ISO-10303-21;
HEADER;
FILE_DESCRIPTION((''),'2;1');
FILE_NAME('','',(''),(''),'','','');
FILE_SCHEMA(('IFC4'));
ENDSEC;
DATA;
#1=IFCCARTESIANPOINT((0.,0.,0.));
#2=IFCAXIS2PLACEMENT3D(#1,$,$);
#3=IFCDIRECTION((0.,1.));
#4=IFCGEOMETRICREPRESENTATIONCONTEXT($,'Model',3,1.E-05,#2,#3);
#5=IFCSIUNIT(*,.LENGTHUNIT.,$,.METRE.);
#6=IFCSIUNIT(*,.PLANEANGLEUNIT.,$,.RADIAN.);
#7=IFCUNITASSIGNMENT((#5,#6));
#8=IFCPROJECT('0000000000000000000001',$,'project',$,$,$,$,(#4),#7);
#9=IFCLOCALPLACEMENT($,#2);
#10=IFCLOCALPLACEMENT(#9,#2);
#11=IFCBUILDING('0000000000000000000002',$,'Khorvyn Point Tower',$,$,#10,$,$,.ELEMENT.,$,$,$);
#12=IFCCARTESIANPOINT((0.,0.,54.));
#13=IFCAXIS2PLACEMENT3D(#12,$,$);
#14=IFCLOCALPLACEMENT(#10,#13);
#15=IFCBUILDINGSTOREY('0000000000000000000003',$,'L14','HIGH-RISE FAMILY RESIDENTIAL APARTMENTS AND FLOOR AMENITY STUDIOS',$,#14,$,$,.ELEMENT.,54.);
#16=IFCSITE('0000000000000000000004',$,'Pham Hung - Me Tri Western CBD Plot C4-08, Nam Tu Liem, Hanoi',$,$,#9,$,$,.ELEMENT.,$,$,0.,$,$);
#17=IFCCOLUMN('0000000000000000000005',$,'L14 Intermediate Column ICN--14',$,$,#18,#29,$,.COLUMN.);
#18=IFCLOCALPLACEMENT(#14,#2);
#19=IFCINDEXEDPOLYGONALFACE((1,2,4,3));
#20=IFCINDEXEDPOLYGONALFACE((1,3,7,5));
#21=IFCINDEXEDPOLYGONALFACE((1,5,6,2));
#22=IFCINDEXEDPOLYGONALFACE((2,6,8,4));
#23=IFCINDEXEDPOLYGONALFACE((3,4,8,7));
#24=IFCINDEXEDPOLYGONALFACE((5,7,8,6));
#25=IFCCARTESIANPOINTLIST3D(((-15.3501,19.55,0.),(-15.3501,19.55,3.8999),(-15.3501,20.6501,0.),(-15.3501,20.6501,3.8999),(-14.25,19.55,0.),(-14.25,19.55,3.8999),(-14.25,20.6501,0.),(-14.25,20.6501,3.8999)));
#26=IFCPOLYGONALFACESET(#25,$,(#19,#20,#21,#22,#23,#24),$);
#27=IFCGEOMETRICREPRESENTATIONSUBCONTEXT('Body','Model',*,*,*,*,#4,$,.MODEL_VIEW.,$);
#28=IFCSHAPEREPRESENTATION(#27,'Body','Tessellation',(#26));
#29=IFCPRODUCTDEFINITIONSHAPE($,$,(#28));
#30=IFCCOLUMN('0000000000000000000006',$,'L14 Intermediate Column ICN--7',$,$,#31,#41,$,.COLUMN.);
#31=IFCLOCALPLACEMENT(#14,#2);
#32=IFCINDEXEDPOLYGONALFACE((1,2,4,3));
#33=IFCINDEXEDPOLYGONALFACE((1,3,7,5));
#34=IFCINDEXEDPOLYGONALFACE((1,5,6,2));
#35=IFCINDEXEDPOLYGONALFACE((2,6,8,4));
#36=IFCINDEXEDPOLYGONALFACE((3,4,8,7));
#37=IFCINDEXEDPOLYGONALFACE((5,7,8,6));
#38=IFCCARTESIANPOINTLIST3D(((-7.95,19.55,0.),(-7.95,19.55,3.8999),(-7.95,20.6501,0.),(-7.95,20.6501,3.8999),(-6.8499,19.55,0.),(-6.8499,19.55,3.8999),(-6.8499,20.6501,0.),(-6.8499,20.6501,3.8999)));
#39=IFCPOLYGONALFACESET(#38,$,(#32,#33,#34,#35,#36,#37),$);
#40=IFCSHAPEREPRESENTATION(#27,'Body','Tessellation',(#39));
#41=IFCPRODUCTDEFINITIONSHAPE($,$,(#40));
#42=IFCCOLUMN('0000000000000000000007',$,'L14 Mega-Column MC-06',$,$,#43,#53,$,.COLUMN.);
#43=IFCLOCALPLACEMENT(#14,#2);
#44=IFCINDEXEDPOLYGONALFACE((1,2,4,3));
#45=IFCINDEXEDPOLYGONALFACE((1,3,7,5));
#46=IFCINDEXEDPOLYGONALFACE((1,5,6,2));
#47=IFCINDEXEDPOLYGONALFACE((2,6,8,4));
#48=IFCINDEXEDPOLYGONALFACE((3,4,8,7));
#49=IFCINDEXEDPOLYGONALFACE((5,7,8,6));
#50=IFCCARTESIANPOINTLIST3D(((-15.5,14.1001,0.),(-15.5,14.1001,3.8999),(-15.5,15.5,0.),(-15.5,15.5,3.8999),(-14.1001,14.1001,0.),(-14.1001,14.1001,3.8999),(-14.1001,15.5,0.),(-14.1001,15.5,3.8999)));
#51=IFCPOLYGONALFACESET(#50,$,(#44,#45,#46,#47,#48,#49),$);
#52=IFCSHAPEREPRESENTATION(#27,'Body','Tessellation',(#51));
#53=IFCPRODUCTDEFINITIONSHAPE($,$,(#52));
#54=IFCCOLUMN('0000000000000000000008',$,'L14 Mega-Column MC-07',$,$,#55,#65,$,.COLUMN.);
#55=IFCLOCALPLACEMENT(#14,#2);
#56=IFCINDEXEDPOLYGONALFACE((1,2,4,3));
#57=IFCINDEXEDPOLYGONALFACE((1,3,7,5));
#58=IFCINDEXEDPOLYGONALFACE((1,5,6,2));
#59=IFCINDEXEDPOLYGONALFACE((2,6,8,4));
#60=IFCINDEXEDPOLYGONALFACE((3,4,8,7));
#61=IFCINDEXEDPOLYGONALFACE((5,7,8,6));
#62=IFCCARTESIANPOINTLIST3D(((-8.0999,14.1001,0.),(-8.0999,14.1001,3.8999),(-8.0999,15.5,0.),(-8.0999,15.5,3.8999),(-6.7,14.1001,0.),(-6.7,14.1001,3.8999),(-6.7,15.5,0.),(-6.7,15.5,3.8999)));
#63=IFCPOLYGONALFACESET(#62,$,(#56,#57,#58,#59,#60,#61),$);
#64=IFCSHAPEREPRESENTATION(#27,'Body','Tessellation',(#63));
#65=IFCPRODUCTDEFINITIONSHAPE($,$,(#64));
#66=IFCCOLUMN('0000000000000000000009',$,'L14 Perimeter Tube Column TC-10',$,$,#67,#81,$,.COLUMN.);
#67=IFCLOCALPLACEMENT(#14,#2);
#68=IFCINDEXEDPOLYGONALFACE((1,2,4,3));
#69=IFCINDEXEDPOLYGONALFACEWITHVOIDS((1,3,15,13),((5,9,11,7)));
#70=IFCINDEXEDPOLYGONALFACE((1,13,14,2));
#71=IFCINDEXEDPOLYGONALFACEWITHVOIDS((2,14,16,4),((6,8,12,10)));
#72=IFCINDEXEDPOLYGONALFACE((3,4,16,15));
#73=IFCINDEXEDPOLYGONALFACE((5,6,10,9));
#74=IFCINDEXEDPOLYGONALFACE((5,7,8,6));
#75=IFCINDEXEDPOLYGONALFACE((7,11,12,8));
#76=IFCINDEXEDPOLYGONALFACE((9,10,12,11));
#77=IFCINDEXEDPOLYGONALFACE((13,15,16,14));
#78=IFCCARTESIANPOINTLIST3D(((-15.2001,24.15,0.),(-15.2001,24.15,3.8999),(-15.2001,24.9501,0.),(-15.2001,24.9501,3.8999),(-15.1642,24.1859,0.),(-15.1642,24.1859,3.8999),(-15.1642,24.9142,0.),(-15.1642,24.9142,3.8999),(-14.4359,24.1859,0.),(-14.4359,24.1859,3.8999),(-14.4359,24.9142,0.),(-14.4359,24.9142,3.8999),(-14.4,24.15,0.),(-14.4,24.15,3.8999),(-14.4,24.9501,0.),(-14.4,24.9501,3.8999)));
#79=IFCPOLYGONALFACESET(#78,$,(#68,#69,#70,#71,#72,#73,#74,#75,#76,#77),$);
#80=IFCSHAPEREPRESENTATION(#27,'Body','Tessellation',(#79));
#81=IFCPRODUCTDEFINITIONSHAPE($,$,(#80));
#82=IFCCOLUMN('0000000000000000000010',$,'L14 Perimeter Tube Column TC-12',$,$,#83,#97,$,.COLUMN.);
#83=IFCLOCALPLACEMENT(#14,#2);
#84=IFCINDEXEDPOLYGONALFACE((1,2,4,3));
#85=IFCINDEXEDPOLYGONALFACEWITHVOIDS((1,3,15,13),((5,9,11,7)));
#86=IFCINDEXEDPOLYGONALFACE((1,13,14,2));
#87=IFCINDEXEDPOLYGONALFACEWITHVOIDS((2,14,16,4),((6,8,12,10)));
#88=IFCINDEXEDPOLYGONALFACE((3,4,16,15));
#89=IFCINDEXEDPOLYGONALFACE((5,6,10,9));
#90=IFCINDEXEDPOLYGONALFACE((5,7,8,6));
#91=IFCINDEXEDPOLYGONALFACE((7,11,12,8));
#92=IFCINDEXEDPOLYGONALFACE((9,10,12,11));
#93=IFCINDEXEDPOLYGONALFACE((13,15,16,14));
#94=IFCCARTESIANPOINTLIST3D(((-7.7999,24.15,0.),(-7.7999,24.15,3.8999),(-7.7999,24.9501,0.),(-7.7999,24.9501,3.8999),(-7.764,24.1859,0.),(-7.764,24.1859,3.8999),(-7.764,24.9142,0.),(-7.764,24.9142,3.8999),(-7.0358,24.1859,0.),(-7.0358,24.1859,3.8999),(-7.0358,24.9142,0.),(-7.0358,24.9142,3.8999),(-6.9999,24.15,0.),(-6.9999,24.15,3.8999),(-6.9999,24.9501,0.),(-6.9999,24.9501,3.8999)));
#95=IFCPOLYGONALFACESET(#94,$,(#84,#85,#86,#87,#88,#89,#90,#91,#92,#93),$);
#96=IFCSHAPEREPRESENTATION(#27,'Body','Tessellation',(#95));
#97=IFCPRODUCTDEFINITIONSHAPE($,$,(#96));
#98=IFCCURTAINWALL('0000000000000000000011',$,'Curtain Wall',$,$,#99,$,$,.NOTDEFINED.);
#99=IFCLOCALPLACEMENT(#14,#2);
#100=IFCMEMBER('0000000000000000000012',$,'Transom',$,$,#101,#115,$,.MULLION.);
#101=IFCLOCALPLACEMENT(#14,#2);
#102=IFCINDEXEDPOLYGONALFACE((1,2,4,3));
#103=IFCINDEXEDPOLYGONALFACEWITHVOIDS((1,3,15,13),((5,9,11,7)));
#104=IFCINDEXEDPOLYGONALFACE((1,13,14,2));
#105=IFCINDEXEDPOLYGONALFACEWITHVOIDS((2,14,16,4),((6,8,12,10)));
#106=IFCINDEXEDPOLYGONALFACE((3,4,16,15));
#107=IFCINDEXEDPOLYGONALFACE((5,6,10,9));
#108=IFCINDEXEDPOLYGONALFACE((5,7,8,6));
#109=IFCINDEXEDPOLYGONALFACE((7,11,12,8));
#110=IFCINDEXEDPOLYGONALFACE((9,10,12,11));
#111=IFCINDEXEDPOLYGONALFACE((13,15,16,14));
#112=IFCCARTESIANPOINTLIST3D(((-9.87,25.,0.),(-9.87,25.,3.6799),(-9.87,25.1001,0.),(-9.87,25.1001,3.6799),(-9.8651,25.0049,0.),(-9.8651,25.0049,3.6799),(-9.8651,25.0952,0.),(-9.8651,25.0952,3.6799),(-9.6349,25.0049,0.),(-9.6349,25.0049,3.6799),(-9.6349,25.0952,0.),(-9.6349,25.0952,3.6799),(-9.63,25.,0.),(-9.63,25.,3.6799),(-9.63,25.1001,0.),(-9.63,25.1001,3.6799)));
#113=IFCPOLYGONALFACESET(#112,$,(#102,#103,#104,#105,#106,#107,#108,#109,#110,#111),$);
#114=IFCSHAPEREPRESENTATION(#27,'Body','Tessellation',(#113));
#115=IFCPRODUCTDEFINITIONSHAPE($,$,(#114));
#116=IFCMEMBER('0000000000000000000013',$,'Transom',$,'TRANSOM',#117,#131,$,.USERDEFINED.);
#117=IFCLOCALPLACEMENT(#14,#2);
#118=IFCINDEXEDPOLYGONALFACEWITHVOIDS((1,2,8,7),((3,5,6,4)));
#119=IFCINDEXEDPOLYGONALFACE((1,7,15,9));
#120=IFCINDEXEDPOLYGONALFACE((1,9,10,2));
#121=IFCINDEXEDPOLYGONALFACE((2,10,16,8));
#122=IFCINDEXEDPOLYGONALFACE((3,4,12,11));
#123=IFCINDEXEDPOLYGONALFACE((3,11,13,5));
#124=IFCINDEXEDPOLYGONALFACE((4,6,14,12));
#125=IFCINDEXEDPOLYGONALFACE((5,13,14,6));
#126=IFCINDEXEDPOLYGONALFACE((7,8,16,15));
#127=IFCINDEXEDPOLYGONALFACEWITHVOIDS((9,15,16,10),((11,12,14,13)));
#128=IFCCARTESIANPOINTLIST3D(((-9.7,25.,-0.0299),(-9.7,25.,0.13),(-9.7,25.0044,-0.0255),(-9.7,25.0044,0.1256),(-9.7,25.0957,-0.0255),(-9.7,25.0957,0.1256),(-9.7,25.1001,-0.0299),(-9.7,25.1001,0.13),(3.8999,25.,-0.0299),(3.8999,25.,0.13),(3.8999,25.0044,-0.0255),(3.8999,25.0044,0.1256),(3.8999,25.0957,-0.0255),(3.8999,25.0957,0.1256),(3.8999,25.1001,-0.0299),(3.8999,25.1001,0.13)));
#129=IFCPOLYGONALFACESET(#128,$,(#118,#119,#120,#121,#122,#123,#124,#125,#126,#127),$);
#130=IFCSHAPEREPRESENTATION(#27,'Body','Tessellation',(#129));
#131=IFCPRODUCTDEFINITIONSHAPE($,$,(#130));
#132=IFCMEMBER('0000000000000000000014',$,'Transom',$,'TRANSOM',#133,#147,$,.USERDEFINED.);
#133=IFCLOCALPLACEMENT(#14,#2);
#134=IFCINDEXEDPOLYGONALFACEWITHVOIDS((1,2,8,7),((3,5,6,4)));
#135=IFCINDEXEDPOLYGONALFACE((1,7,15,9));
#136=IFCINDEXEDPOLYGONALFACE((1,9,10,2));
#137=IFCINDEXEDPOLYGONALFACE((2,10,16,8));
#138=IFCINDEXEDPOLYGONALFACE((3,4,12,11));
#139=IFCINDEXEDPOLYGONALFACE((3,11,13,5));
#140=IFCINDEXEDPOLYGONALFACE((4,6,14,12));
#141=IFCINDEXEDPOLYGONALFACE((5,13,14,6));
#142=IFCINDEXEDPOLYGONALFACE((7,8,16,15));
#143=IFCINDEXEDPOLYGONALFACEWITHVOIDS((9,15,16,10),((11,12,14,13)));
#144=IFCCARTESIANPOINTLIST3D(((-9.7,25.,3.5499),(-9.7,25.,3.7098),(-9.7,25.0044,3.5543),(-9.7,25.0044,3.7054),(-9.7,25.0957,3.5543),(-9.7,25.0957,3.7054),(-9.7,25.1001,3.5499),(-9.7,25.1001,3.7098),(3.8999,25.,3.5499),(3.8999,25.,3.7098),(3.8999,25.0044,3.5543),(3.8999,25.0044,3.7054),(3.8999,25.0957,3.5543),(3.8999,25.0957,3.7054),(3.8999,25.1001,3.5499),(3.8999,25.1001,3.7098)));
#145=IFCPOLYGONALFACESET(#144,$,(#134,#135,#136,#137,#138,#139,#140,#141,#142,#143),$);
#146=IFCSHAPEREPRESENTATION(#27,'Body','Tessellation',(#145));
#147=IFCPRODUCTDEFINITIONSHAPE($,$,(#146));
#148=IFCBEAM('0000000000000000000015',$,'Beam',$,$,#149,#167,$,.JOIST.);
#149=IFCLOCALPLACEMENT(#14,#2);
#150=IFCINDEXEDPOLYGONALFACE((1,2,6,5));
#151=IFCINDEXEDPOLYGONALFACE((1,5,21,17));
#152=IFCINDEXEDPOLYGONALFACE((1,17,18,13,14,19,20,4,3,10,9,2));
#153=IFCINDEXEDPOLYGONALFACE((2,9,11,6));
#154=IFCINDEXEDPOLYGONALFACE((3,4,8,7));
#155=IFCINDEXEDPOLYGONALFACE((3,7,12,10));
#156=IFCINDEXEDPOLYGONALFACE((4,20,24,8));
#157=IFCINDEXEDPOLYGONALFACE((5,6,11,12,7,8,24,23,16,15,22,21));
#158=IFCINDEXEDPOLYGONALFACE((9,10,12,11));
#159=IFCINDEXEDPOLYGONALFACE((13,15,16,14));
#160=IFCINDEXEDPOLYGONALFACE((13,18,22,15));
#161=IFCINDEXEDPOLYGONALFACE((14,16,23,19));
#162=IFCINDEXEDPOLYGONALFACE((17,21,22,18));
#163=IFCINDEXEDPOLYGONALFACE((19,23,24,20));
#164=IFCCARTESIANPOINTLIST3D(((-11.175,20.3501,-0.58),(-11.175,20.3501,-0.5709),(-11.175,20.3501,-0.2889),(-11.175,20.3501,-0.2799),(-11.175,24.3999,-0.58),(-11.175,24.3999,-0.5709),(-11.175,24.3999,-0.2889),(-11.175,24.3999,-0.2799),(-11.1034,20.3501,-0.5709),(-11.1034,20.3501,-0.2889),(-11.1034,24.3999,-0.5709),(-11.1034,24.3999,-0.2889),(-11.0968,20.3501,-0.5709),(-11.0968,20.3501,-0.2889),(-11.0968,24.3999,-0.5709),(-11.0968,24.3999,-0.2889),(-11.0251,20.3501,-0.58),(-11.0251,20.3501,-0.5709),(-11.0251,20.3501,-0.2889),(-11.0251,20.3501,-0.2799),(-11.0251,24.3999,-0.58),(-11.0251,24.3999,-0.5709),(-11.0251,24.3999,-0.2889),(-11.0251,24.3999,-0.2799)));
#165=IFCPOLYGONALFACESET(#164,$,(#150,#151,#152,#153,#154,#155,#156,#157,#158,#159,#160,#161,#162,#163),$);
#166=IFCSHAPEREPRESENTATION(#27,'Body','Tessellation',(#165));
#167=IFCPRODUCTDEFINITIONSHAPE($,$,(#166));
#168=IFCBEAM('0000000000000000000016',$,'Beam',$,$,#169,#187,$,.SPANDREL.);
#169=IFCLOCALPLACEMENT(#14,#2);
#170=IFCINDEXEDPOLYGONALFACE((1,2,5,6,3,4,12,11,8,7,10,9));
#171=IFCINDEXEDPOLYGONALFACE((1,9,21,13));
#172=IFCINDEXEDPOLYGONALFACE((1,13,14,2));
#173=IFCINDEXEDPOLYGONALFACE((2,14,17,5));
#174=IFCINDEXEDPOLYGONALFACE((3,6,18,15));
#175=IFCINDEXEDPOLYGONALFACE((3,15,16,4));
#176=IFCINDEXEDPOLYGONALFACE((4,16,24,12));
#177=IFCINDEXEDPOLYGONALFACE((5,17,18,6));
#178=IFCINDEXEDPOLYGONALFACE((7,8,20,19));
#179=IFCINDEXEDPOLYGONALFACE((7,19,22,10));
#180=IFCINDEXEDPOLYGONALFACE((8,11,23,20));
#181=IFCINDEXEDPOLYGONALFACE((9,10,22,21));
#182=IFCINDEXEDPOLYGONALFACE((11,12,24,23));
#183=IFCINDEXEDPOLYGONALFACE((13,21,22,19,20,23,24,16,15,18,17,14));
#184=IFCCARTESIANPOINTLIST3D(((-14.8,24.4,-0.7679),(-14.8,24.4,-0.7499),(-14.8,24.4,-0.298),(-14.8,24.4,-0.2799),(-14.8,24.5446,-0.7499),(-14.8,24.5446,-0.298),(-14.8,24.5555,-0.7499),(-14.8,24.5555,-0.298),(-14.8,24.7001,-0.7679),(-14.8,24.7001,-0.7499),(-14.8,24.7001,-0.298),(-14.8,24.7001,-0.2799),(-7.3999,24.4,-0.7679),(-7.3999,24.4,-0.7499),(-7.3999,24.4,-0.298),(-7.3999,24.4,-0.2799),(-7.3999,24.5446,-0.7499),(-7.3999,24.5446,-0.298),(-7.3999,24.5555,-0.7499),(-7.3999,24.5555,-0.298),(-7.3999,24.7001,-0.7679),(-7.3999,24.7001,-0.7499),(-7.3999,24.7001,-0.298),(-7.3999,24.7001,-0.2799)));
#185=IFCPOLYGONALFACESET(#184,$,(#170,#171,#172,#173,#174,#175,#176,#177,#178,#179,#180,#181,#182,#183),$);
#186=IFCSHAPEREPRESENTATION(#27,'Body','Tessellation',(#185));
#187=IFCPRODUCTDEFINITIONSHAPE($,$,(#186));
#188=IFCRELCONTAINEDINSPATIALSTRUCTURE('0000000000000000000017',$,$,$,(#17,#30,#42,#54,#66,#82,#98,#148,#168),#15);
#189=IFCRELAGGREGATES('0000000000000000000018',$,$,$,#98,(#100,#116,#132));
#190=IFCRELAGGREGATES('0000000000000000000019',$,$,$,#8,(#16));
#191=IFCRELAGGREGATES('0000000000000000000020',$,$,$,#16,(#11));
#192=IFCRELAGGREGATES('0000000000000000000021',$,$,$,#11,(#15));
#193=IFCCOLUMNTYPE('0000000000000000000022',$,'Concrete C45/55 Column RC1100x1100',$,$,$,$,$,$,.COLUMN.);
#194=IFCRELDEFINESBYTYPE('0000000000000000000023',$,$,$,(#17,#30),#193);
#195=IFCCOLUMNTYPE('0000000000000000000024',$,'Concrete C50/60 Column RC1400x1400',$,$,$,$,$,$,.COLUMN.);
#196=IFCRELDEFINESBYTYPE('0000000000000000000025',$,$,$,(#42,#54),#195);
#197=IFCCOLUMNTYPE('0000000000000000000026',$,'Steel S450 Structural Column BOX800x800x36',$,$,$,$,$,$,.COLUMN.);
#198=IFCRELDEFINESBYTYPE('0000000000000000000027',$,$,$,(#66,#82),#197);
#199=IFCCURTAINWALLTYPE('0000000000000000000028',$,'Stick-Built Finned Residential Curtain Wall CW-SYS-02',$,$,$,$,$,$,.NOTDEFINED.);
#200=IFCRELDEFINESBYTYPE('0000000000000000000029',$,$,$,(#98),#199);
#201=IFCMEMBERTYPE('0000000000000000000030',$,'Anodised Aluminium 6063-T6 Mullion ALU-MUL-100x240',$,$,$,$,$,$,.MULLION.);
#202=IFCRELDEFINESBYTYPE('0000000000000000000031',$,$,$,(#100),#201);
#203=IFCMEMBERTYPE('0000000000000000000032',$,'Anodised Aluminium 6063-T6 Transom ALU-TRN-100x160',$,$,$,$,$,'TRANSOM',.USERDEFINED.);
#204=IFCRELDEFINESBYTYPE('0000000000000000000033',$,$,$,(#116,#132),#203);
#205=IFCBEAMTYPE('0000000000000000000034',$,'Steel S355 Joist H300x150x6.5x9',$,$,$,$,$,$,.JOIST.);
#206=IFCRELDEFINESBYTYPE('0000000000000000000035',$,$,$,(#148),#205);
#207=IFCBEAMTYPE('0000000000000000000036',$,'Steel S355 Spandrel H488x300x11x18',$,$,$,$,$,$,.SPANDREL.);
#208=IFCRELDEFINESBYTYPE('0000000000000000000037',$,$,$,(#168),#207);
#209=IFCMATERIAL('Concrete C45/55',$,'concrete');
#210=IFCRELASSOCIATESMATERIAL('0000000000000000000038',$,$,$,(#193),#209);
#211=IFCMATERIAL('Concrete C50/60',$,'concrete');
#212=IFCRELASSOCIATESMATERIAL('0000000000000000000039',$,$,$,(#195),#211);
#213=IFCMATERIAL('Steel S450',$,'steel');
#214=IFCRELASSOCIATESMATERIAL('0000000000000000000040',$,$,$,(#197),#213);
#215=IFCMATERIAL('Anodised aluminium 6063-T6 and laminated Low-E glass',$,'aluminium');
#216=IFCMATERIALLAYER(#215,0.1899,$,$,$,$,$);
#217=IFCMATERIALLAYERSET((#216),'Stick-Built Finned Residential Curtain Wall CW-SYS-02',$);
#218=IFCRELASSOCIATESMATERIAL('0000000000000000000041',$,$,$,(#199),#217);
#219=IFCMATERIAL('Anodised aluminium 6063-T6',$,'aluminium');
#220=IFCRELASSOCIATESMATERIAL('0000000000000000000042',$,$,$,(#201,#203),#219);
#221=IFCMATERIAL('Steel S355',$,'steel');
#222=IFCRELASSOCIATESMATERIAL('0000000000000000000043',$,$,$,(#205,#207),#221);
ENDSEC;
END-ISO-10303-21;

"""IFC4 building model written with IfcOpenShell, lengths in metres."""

from ifc_helpers import new_model, si_unit, direction, frame, origin, origin_2d, place, context, subcontext, project, spatial, rectangle, hollow_rectangle, i_section, extrude, material, layer, layer_set, material_profile, profile_set, type_object, element, aggregate, save


model = new_model("IFC4")

# Units and contexts
model_context = context("Model", 3, precision=1e-05, world=origin(), true_north=direction((0.0, 1.0)))
body_context = subcontext(model_context, "Body", "Model", "MODEL_VIEW")
ifc_project = project(units=[si_unit("LENGTHUNIT", "METRE"), si_unit("PLANEANGLEUNIT", "RADIAN")], contexts=[model_context])

# Site, building, storey
site_placement = place(None, origin())
site = spatial("IfcSite", under=ifc_project, at=site_placement, Name="Pham Hung - Me Tri Western CBD Plot C4-08, Nam Tu Liem, Hanoi", CompositionType="ELEMENT", RefElevation=0.0)
building_placement = place(site_placement, origin())
building = spatial("IfcBuilding", under=site, at=building_placement, Name="Khorvyn Point Tower", CompositionType="ELEMENT")
storey_placement = place(building_placement, frame((0.0, 0.0, 54.0)))
storey = spatial("IfcBuildingStorey", under=building, at=storey_placement, Name="L14", Description="HIGH-RISE FAMILY RESIDENTIAL APARTMENTS AND FLOOR AMENITY STUDIOS", CompositionType="ELEMENT", Elevation=54.0)

# Columns
ifc_material_1 = material(Name="Concrete C45/55", Category="concrete")
ifc_material_profile_1 = material_profile(ifc_material_1, rectangle(XDim=1.1001, YDim=1.1001, at=origin_2d()))
ifc_profile_set_1 = profile_set([ifc_material_profile_1], Name="Concrete C45/55 RC1100x1100")
column_type_1 = type_object("IfcColumnType", Name="Concrete C45/55 Column RC1100x1100", PredefinedType="COLUMN", material=ifc_profile_set_1)
for number, where, z_axis, x_axis, name in (
    (1, (-14.8, 20.1001, 0.0), (0.0, 0.0, 1.0), (1.0, 0.0, 0.0), "L14 Intermediate Column ICN--14"),
    (2, (-7.3999, 20.1001, 0.0), (0.0, 0.0, 1.0), (1.0, 0.0, 0.0), "L14 Intermediate Column ICN--7"),
):
    element("IfcColumn", number, at=place(storey_placement, frame(where, z_axis=z_axis, x_axis=x_axis)), inside=storey, type_object=column_type_1, Name=name, PredefinedType="COLUMN", context=body_context, shape_type="SweptSolid", body=[
        extrude(rectangle(XDim=1.1001, YDim=1.1001, at=origin_2d()), origin(), (0.0, 0.0, 1.0), 3.8999),
    ])
ifc_material_2 = material(Name="Concrete C50/60", Category="concrete")
ifc_material_profile_2 = material_profile(ifc_material_2, rectangle(XDim=1.3999, YDim=1.3999, at=origin_2d()))
ifc_profile_set_2 = profile_set([ifc_material_profile_2], Name="Concrete C50/60 RC1400x1400")
column_type_2 = type_object("IfcColumnType", Name="Concrete C50/60 Column RC1400x1400", PredefinedType="COLUMN", material=ifc_profile_set_2)
for number, where, z_axis, x_axis, name in (
    (3, (-14.8, 14.8, 0.0), (0.0, 0.0, 1.0), (1.0, 0.0, 0.0), "L14 Mega-Column MC-06"),
    (4, (-7.3999, 14.8, 0.0), (0.0, 0.0, 1.0), (1.0, 0.0, 0.0), "L14 Mega-Column MC-07"),
):
    element("IfcColumn", number, at=place(storey_placement, frame(where, z_axis=z_axis, x_axis=x_axis)), inside=storey, type_object=column_type_2, Name=name, PredefinedType="COLUMN", context=body_context, shape_type="SweptSolid", body=[
        extrude(rectangle(XDim=1.3999, YDim=1.3999, at=origin_2d()), origin(), (0.0, 0.0, 1.0), 3.8999),
    ])
ifc_material_3 = material(Name="Steel S450", Category="steel")
ifc_material_profile_3 = material_profile(ifc_material_3, hollow_rectangle(XDim=0.8, YDim=0.8, WallThickness=0.0359, at=origin_2d()))
ifc_profile_set_3 = profile_set([ifc_material_profile_3], Name="Steel S450 BOX800x800x36")
column_type_3 = type_object("IfcColumnType", Name="Steel S450 Structural Column BOX800x800x36", PredefinedType="COLUMN", material=ifc_profile_set_3)
for number, where, z_axis, x_axis, name in (
    (5, (-14.8, 24.55, 0.0), (0.0, 0.0, 1.0), (1.0, 0.0, 0.0), "L14 Perimeter Tube Column TC-10"),
    (6, (-7.3999, 24.55, 0.0), (0.0, 0.0, 1.0), (1.0, 0.0, 0.0), "L14 Perimeter Tube Column TC-12"),
):
    element("IfcColumn", number, at=place(storey_placement, frame(where, z_axis=z_axis, x_axis=x_axis)), inside=storey, type_object=column_type_3, Name=name, PredefinedType="COLUMN", context=body_context, shape_type="SweptSolid", body=[
        extrude(hollow_rectangle(XDim=0.8, YDim=0.8, WallThickness=0.0359, at=origin_2d()), origin(), (0.0, 0.0, 1.0), 3.8999),
    ])

# Curtain wall, members
ifc_material_4 = material(Name="Anodised aluminium 6063-T6 and laminated Low-E glass", Category="aluminium")
ifc_layer_1 = layer(ifc_material_4, 0.1899)
ifc_layer_set_1 = layer_set([ifc_layer_1], Name="Stick-Built Finned Residential Curtain Wall CW-SYS-02")
curtain_wall_type = type_object("IfcCurtainWallType", Name="Stick-Built Finned Residential Curtain Wall CW-SYS-02", PredefinedType="NOTDEFINED", material=ifc_layer_set_1)
curtain_wall_placement = place(storey_placement, origin())
curtain_wall = element("IfcCurtainWall", 7, at=curtain_wall_placement, inside=storey, type_object=curtain_wall_type, Name="Curtain Wall", PredefinedType="NOTDEFINED")
ifc_material_5 = material(Name="Anodised aluminium 6063-T6", Category="aluminium")
ifc_material_profile_4 = material_profile(ifc_material_5, hollow_rectangle(XDim=0.1001, YDim=0.24, WallThickness=0.0049, at=origin_2d()))
ifc_profile_set_4 = profile_set([ifc_material_profile_4], Name="Anodised aluminium 6063-T6 ALU-MUL-100x240")
member_type_1 = type_object("IfcMemberType", Name="Anodised Aluminium 6063-T6 Mullion ALU-MUL-100x240", PredefinedType="MULLION", material=ifc_profile_set_4)
member_1_placement = place(storey_placement, frame((-9.75, 25.05, 0.0), z_axis=(0.0, 0.0, 1.0), x_axis=(0.0, 1.0, 0.0)))
member_1 = element("IfcMember", 8, at=member_1_placement, type_object=member_type_1, Name="Transom", PredefinedType="MULLION", context=body_context, shape_type="SweptSolid", body=[
    extrude(hollow_rectangle(XDim=0.1001, YDim=0.24, WallThickness=0.0049, at=origin_2d()), origin(), (0.0, 0.0, 1.0), 3.6799),
])
ifc_material_profile_5 = material_profile(ifc_material_5, hollow_rectangle(XDim=0.1001, YDim=0.1599, WallThickness=0.0044, at=origin_2d()))
ifc_profile_set_5 = profile_set([ifc_material_profile_5], Name="Anodised aluminium 6063-T6 ALU-TRN-100x160")
member_type_2 = type_object("IfcMemberType", Name="Anodised Aluminium 6063-T6 Transom ALU-TRN-100x160", ElementType="TRANSOM", PredefinedType="USERDEFINED", material=ifc_profile_set_5)
member_2_placement = place(storey_placement, frame((-9.7, 25.05, 0.05), z_axis=(1.0, 0.0, 0.0), x_axis=(0.0, 1.0, 0.0)))
member_2 = element("IfcMember", 9, at=member_2_placement, type_object=member_type_2, Name="Transom", ObjectType="TRANSOM", PredefinedType="USERDEFINED", context=body_context, shape_type="SweptSolid", body=[
    extrude(hollow_rectangle(XDim=0.1001, YDim=0.1599, WallThickness=0.0044, at=origin_2d()), origin(), (0.0, 0.0, 1.0), 13.5999),
])
member_3_placement = place(storey_placement, frame((-9.7, 25.05, 3.6299), z_axis=(1.0, 0.0, 0.0), x_axis=(0.0, 1.0, 0.0)))
member_3 = element("IfcMember", 10, at=member_3_placement, type_object=member_type_2, Name="Transom", ObjectType="TRANSOM", PredefinedType="USERDEFINED", context=body_context, shape_type="SweptSolid", body=[
    extrude(hollow_rectangle(XDim=0.1001, YDim=0.1599, WallThickness=0.0044, at=origin_2d()), origin(), (0.0, 0.0, 1.0), 13.5999),
])

# Beams
ifc_material_6 = material(Name="Steel S355", Category="steel")
ifc_material_profile_6 = material_profile(ifc_material_6, i_section(OverallWidth=0.1499, OverallDepth=0.3, WebThickness=0.0066, FlangeThickness=0.009, at=origin_2d()))
ifc_profile_set_6 = profile_set([ifc_material_profile_6], Name="Steel S355 H300x150x6.5x9")
beam_type_1 = type_object("IfcBeamType", Name="Steel S355 Joist H300x150x6.5x9", PredefinedType="JOIST", material=ifc_profile_set_6)
beam_1_placement = place(storey_placement, frame((-11.1001, 20.3501, -0.4299), z_axis=(0.0, 1.0, 0.0), x_axis=(-1.0, 0.0, 0.0)))
element("IfcBeam", 11, at=beam_1_placement, inside=storey, type_object=beam_type_1, Name="Beam", PredefinedType="JOIST", context=body_context, shape_type="SweptSolid", body=[
    extrude(i_section(OverallWidth=0.1499, OverallDepth=0.3, WebThickness=0.0066, FlangeThickness=0.009, at=origin_2d()), origin(), (0.0, 0.0, 1.0), 4.0498),
])
ifc_material_profile_7 = material_profile(ifc_material_6, i_section(OverallWidth=0.3, OverallDepth=0.488, WebThickness=0.011, FlangeThickness=0.0181, at=origin_2d()))
ifc_profile_set_7 = profile_set([ifc_material_profile_7], Name="Steel S355 H488x300x11x18")
beam_type_2 = type_object("IfcBeamType", Name="Steel S355 Spandrel H488x300x11x18", PredefinedType="SPANDREL", material=ifc_profile_set_7)
beam_2_placement = place(storey_placement, frame((-14.8, 24.55, -0.5239), z_axis=(1.0, 0.0, 0.0), x_axis=(0.0, 1.0, 0.0)))
element("IfcBeam", 12, at=beam_2_placement, inside=storey, type_object=beam_type_2, Name="Beam", PredefinedType="SPANDREL", context=body_context, shape_type="SweptSolid", body=[
    extrude(i_section(OverallWidth=0.3, OverallDepth=0.488, WebThickness=0.011, FlangeThickness=0.0181, at=origin_2d()), origin(), (0.0, 0.0, 1.0), 7.4001),
])

aggregate(curtain_wall, [member_1, member_2, member_3])

save(model, "model.ifc")
